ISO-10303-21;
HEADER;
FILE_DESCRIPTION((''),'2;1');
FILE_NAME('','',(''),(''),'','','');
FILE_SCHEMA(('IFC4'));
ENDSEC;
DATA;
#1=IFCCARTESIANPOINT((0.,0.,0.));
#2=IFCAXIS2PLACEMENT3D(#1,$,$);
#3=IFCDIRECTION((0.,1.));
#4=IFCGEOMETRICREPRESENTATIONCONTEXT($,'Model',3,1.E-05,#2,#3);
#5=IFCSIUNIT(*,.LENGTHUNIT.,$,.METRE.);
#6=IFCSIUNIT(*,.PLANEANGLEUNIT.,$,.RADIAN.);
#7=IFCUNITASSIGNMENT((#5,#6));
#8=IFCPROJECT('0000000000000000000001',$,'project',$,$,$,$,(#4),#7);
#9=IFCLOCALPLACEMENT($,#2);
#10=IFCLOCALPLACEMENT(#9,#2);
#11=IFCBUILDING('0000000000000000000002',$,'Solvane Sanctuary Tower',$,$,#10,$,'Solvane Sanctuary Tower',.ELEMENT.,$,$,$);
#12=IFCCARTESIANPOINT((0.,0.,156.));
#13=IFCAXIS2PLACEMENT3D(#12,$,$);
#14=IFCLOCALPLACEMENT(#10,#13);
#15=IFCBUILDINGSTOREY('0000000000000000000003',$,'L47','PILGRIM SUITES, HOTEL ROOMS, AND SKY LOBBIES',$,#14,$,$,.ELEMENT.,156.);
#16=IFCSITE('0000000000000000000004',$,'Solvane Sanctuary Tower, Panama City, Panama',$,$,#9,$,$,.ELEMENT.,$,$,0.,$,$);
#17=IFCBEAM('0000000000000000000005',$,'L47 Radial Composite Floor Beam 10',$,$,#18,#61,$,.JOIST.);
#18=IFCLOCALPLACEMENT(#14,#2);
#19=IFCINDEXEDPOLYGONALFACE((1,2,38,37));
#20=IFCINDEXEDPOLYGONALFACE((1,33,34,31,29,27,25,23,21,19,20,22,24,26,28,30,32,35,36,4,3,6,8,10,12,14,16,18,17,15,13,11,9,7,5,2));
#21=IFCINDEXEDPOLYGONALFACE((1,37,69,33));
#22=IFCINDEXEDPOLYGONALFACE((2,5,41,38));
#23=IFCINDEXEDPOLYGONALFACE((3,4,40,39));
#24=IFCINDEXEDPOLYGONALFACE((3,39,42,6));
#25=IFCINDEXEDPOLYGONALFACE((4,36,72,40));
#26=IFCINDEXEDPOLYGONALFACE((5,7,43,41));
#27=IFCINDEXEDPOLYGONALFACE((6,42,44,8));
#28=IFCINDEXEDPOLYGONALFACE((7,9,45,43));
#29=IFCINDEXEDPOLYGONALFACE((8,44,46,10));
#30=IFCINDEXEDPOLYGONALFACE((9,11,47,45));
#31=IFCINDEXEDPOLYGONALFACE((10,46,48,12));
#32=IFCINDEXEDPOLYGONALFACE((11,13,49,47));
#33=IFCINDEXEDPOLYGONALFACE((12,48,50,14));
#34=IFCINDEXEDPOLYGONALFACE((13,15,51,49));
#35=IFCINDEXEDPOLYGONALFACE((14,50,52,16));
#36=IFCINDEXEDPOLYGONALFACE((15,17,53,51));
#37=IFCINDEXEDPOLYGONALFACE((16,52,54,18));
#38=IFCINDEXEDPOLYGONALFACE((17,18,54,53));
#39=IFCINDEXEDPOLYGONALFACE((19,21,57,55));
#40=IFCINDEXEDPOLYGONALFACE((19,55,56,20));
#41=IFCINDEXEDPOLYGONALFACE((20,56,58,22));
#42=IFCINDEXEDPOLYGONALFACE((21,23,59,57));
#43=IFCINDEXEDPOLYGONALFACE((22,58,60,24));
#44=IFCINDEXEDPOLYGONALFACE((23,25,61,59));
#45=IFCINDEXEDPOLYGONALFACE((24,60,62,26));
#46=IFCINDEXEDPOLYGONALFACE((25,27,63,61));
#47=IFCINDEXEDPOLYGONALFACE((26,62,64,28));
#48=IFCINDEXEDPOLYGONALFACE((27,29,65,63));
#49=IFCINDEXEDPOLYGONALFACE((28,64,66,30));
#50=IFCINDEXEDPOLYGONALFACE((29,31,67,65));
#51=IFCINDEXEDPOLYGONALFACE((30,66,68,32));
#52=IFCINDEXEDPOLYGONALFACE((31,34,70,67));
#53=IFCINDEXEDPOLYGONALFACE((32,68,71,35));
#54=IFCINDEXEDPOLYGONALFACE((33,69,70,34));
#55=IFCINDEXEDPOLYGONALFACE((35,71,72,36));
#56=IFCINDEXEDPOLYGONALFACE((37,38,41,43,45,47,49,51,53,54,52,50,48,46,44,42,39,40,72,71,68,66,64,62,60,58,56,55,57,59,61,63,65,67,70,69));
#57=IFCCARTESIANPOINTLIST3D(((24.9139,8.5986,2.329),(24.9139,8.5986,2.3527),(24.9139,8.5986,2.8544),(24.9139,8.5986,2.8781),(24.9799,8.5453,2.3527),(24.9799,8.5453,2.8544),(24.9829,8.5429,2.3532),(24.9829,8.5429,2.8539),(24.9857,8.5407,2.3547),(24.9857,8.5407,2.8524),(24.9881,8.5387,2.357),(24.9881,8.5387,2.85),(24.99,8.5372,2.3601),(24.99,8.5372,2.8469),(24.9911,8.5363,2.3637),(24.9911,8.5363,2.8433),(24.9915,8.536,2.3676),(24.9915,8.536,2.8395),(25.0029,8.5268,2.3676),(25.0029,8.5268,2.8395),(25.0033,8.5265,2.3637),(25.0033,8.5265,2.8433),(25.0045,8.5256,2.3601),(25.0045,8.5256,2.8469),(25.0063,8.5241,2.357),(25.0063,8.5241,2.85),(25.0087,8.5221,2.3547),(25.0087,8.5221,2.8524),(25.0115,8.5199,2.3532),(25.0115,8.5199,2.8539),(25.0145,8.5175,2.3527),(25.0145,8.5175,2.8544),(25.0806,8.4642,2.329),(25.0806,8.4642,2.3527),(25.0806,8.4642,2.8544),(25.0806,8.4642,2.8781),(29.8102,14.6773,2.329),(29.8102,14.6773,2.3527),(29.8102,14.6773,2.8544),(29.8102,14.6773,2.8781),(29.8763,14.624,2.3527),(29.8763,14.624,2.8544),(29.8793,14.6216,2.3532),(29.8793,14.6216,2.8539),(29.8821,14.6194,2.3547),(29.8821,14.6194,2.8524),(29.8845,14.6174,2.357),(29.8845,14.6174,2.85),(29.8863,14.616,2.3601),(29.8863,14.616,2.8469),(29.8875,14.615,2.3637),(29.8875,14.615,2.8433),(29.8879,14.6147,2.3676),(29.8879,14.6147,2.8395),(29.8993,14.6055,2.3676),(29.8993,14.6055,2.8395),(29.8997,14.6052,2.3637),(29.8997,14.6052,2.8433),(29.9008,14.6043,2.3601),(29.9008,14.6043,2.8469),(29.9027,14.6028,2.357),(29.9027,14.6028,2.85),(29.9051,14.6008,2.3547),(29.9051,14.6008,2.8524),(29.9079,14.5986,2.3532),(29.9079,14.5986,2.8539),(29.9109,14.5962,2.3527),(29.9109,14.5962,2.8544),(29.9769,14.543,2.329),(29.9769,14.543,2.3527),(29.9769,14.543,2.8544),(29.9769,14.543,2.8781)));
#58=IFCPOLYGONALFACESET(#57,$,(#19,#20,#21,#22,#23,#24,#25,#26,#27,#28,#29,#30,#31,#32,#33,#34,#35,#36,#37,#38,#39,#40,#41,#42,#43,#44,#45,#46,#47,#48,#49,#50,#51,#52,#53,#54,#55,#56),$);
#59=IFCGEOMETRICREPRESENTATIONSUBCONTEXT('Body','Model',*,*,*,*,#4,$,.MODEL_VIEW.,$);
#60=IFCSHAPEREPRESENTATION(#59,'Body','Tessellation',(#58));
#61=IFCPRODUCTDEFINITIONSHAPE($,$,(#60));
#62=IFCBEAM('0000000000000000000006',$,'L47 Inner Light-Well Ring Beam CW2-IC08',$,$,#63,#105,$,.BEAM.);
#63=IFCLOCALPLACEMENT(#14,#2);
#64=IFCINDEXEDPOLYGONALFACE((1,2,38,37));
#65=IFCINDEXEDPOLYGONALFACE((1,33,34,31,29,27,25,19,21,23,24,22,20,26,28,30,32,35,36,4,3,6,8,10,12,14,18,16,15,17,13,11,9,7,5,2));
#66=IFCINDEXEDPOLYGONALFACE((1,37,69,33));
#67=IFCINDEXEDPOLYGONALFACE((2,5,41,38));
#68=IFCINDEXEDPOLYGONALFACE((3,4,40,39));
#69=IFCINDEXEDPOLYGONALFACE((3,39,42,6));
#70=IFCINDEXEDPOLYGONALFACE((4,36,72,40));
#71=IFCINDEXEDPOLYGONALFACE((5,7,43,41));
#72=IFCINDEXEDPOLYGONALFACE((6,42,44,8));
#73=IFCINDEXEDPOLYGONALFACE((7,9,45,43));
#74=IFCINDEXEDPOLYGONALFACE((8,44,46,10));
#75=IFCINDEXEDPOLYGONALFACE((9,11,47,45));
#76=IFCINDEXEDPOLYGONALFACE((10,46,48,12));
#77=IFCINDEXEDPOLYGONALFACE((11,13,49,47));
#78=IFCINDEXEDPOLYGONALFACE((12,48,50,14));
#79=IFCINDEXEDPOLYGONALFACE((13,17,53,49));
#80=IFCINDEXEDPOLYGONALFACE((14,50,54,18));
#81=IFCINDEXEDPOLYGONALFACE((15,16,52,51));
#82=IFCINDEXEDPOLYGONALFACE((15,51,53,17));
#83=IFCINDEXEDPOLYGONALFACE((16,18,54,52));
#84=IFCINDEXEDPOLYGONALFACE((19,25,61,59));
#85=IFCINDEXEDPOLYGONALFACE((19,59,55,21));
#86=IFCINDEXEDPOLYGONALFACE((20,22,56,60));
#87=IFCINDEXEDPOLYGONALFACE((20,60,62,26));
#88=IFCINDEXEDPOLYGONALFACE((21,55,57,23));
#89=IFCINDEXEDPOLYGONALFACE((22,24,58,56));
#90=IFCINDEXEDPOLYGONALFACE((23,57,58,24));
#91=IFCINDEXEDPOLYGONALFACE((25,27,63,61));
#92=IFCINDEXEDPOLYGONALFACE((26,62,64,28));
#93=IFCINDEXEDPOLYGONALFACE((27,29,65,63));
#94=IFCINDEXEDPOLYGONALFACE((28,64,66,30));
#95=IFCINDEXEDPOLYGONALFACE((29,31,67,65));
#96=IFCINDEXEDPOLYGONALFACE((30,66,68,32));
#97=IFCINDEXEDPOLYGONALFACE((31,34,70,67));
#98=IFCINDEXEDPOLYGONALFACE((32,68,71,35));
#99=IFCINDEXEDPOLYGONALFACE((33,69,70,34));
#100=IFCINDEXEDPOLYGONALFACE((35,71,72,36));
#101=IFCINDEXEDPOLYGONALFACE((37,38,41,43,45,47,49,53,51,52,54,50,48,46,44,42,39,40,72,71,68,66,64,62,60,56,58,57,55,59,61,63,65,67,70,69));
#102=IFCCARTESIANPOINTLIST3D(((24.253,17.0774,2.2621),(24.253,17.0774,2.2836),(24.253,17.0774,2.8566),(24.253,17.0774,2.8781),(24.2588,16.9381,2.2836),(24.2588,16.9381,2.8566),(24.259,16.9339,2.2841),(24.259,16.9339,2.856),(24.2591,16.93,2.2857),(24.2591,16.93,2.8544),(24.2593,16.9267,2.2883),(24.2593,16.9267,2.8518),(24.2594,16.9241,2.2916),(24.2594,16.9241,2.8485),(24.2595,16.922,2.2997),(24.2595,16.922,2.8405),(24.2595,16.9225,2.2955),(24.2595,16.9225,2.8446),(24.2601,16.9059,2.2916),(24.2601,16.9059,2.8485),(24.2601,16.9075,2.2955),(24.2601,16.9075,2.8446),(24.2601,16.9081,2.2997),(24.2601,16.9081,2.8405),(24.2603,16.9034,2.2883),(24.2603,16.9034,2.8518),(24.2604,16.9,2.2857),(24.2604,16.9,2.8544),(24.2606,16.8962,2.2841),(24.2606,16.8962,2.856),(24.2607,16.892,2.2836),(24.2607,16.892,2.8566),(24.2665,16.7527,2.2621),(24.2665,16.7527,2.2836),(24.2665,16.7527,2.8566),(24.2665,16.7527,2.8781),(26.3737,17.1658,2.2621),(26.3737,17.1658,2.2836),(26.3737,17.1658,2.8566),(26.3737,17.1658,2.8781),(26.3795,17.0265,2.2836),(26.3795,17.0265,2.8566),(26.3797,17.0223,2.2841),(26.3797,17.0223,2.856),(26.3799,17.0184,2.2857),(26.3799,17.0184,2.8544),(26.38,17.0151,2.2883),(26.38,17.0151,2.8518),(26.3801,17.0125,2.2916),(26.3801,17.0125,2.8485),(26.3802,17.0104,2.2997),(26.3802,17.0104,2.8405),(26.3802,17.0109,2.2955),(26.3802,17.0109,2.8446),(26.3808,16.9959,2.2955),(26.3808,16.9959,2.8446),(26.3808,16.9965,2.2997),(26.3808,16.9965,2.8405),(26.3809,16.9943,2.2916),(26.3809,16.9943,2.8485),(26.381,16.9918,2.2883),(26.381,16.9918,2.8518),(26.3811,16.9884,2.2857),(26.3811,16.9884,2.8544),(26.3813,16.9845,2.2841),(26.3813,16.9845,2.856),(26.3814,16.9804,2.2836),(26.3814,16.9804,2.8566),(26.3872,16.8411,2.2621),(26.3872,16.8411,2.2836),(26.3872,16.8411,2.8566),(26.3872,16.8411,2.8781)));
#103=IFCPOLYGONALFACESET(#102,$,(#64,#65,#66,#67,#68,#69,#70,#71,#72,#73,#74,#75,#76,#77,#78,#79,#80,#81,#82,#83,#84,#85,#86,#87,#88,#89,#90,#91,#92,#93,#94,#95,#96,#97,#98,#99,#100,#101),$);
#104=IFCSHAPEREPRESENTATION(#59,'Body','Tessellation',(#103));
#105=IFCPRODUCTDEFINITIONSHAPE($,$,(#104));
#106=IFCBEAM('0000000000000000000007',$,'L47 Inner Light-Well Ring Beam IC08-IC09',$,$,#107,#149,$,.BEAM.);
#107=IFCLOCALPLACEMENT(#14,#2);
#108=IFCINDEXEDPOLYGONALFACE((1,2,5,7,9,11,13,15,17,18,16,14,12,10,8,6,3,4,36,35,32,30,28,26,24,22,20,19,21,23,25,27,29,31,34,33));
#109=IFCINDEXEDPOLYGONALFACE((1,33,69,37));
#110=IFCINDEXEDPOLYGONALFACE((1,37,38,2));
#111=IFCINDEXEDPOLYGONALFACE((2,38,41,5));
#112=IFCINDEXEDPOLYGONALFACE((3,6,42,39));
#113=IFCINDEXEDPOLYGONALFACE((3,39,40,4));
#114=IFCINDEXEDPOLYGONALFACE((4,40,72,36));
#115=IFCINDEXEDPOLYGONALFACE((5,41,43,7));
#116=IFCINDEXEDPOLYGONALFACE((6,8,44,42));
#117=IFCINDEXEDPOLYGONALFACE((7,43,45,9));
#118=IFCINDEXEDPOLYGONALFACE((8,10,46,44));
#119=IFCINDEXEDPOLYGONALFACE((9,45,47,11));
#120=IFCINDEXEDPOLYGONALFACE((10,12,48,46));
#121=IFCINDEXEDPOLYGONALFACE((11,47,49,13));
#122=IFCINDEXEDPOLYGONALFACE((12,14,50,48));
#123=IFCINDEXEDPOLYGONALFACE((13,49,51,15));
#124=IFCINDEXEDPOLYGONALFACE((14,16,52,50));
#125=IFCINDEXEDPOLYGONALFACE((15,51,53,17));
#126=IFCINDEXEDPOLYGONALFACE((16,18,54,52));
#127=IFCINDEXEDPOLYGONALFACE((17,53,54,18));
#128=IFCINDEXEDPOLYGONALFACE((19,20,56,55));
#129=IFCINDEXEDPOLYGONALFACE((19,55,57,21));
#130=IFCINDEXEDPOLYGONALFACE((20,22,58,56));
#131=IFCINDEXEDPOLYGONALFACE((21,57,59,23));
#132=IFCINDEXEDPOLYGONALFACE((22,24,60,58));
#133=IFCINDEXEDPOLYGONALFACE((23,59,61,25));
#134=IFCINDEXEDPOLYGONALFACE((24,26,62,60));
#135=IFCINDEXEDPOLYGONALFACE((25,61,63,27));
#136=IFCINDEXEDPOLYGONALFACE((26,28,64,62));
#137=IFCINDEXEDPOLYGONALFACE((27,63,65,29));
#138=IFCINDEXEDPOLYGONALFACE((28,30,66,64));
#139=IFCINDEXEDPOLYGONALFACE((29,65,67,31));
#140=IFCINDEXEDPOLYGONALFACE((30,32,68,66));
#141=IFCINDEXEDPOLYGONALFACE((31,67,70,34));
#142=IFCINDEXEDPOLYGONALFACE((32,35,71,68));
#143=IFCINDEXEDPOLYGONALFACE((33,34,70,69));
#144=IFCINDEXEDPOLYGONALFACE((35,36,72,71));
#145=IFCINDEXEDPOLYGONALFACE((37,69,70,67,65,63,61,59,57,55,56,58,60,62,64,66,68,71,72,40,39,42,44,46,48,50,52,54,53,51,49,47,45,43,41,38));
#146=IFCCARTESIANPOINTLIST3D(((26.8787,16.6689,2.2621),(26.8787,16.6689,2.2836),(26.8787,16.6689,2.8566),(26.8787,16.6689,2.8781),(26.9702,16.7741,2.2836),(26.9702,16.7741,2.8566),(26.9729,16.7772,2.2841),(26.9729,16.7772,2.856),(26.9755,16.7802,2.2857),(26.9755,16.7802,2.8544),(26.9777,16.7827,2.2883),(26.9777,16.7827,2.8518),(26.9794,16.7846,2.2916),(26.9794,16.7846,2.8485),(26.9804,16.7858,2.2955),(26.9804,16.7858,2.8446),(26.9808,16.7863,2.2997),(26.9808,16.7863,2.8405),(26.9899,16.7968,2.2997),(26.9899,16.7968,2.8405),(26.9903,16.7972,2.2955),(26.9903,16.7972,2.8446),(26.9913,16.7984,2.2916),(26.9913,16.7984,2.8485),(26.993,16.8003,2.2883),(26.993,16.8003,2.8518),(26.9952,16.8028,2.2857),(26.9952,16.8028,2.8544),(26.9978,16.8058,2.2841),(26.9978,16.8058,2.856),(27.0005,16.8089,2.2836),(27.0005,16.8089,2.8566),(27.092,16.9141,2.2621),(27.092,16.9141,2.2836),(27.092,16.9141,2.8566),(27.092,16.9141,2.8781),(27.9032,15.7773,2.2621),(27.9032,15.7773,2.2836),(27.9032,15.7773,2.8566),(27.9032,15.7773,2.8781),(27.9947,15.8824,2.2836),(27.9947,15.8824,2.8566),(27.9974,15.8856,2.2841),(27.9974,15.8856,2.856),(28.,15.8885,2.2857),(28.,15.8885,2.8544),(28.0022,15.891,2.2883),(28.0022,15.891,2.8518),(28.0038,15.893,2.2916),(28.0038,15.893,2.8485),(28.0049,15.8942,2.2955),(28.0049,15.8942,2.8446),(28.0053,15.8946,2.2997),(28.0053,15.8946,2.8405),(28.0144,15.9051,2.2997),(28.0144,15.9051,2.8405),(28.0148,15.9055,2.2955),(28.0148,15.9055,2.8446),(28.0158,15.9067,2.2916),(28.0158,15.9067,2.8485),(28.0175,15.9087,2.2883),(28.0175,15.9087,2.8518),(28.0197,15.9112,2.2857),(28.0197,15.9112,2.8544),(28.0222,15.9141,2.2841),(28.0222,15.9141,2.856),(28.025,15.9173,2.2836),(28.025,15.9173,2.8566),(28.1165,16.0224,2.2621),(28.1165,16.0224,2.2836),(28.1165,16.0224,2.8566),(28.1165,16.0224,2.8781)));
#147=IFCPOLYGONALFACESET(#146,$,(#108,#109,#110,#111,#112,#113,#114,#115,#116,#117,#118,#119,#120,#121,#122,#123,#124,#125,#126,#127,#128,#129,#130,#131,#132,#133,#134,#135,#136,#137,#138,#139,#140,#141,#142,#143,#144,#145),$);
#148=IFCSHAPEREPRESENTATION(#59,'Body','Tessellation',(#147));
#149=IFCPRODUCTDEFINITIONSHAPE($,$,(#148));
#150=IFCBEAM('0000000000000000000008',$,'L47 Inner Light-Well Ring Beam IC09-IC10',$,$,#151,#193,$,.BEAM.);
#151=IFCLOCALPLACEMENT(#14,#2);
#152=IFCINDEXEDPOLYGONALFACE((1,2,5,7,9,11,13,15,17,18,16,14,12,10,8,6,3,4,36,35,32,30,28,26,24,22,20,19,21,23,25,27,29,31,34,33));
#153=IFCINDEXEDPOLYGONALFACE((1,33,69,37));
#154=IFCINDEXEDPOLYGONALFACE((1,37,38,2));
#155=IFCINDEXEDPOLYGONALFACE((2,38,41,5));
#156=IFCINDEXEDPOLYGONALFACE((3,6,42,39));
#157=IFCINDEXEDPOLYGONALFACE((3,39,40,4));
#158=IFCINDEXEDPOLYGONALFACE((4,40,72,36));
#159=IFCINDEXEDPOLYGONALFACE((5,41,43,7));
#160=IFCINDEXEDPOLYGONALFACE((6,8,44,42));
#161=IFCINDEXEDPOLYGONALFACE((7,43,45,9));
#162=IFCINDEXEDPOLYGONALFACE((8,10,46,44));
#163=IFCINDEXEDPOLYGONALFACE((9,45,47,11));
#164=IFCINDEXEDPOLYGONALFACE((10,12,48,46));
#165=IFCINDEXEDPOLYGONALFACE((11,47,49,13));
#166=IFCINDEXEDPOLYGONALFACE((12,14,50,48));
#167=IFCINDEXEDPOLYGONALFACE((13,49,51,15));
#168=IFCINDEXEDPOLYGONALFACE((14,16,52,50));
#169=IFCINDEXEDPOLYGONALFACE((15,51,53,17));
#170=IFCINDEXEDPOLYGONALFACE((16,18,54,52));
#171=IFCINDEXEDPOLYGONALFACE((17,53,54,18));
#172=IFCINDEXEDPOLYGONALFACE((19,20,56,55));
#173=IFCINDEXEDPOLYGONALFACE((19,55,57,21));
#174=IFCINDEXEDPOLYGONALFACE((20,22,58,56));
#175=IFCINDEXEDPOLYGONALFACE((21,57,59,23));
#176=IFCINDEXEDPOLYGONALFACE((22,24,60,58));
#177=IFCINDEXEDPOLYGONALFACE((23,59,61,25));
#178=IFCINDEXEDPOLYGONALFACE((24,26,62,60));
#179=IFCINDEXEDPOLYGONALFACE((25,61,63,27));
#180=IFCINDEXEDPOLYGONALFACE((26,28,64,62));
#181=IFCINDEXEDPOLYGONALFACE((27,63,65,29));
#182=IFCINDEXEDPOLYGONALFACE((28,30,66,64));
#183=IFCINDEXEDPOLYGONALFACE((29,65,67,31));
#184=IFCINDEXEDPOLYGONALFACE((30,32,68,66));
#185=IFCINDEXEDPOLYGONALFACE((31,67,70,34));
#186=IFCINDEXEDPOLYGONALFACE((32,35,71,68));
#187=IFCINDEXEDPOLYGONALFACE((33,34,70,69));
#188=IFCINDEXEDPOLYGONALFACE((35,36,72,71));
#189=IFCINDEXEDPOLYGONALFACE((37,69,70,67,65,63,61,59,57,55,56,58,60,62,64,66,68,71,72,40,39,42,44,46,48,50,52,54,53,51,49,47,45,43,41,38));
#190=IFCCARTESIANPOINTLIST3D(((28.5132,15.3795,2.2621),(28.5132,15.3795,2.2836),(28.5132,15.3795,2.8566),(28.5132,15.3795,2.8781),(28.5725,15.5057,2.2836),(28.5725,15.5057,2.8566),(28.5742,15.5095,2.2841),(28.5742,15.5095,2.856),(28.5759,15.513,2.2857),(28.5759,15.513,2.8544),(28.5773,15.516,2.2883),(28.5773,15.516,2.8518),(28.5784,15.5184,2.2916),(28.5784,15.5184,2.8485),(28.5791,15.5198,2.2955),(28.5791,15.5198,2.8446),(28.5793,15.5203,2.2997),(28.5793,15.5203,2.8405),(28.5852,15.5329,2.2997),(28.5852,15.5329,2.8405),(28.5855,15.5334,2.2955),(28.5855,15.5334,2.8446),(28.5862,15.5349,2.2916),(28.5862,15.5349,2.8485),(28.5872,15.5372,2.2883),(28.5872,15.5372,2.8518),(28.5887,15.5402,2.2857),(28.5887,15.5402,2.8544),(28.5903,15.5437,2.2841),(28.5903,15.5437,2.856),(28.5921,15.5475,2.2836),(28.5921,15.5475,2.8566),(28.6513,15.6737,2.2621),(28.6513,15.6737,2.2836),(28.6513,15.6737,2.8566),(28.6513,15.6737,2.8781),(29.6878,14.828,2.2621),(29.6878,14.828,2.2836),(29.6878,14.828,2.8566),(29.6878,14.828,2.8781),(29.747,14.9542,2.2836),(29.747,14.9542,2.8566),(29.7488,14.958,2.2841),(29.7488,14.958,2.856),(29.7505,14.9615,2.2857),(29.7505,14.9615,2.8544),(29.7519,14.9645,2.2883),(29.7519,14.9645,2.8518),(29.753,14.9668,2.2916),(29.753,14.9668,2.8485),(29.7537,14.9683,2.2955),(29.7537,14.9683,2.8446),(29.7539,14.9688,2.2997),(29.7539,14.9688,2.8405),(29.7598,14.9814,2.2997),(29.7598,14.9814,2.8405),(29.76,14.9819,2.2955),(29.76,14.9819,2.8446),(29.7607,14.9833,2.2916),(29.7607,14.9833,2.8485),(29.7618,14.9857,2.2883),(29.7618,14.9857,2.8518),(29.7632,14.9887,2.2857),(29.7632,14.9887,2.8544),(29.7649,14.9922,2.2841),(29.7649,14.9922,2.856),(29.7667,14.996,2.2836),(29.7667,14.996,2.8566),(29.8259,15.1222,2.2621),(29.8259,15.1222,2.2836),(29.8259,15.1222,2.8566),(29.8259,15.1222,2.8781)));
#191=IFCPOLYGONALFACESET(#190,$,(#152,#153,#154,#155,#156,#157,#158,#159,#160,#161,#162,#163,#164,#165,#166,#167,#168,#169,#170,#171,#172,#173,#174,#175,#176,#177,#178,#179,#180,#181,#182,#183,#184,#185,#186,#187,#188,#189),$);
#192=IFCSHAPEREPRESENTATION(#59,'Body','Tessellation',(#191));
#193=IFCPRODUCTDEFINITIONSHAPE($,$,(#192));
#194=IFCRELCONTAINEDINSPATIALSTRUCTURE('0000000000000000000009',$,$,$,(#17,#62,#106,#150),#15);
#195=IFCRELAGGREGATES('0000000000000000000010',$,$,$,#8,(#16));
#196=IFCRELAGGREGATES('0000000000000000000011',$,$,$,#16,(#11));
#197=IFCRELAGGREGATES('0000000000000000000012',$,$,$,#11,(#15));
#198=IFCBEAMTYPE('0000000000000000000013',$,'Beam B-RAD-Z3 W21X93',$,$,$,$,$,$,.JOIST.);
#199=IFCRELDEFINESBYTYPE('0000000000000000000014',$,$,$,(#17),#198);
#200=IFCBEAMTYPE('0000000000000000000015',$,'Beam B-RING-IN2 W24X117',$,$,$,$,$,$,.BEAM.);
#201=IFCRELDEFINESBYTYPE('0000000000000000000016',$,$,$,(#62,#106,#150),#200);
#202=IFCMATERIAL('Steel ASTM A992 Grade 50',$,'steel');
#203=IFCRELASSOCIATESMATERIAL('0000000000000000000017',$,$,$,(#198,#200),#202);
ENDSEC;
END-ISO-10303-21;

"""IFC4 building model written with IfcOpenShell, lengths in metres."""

from ifc_helpers import new_model, si_unit, direction, frame, origin, origin_2d, place, context, subcontext, project, spatial, i_section, extrude, material, material_profile, profile_set, type_object, element, save


model = new_model("IFC4")

# Units and contexts
model_context = context("Model", 3, precision=1e-05, world=origin(), true_north=direction((0.0, 1.0)))
body_context = subcontext(model_context, "Body", "Model", "MODEL_VIEW")
ifc_project = project(units=[si_unit("LENGTHUNIT", "METRE"), si_unit("PLANEANGLEUNIT", "RADIAN")], contexts=[model_context])

# Site, building, storey
site_placement = place(None, origin())
site = spatial("IfcSite", under=ifc_project, at=site_placement, Name="Solvane Sanctuary Tower, Panama City, Panama", CompositionType="ELEMENT", RefElevation=0.0)
building_placement = place(site_placement, origin())
building = spatial("IfcBuilding", under=site, at=building_placement, Name="Solvane Sanctuary Tower", LongName="Solvane Sanctuary Tower", CompositionType="ELEMENT")
storey_placement = place(building_placement, frame((0.0, 0.0, 156.0)))
storey = spatial("IfcBuildingStorey", under=building, at=storey_placement, Name="L47", Description="PILGRIM SUITES, HOTEL ROOMS, AND SKY LOBBIES", CompositionType="ELEMENT", Elevation=156.0)

# Beams
ifc_material_1 = material(Name="Steel ASTM A992 Grade 50", Category="steel")
ifc_material_profile_1 = material_profile(ifc_material_1, i_section(OverallWidth=0.2141, OverallDepth=0.5491, WebThickness=0.0146, FlangeThickness=0.0237, FilletRadius=0.0149, at=origin_2d()), Name="W21X93")
ifc_profile_set_1 = profile_set([ifc_material_profile_1], Name="Steel ASTM A992 Grade 50")
beam_type_1 = type_object("IfcBeamType", Name="Beam B-RAD-Z3 W21X93", PredefinedType="JOIST", material=ifc_profile_set_1)
beam_1_placement = place(storey_placement, frame((29.8936, 14.6101, 2.6035), z_axis=(-0.627297, -0.77878, 0.0), x_axis=(0.77878, -0.627297, 0.0)))
element("IfcBeam", 1, at=beam_1_placement, inside=storey, type_object=beam_type_1, Name="L47 Radial Composite Floor Beam 10", PredefinedType="JOIST", context=body_context, shape_type="SweptSolid", body=[
    extrude(i_section(OverallWidth=0.2141, OverallDepth=0.5491, WebThickness=0.0146, FlangeThickness=0.0237, FilletRadius=0.0149, at=origin_2d()), origin(), (0.0, 0.0, 1.0), 7.8054),
])
ifc_material_profile_2 = material_profile(ifc_material_1, i_section(OverallWidth=0.325, OverallDepth=0.616, WebThickness=0.0139, FlangeThickness=0.0215, FilletRadius=0.0161, at=origin_2d()), Name="W24X117")
ifc_profile_set_2 = profile_set([ifc_material_profile_2], Name="Steel ASTM A992 Grade 50")
beam_type_2 = type_object("IfcBeamType", Name="Beam B-RING-IN2 W24X117", PredefinedType="BEAM", material=ifc_profile_set_2)
beam_2_placement = place(storey_placement, frame((24.2598, 16.915, 2.5701), z_axis=(0.999133, 0.04164, 0.0), x_axis=(-0.04164, 0.999133, 0.0)))
element("IfcBeam", 2, at=beam_2_placement, inside=storey, type_object=beam_type_2, Name="L47 Inner Light-Well Ring Beam CW2-IC08", PredefinedType="BEAM", context=body_context, shape_type="SweptSolid", body=[
    extrude(i_section(OverallWidth=0.325, OverallDepth=0.616, WebThickness=0.0139, FlangeThickness=0.0215, FilletRadius=0.0161, at=origin_2d()), origin(), (0.0, 0.0, 1.0), 2.1226),
])
beam_3_placement = place(storey_placement, frame((26.9854, 16.7915, 2.5701), z_axis=(0.754311, -0.656517, 0.0), x_axis=(0.656517, 0.754311, 0.0)))
element("IfcBeam", 3, at=beam_3_placement, inside=storey, type_object=beam_type_2, Name="L47 Inner Light-Well Ring Beam IC08-IC09", PredefinedType="BEAM", context=body_context, shape_type="SweptSolid", body=[
    extrude(i_section(OverallWidth=0.325, OverallDepth=0.616, WebThickness=0.0139, FlangeThickness=0.0215, FilletRadius=0.0161, at=origin_2d()), origin(), (0.0, 0.0, 1.0), 1.3582),
])
beam_4_placement = place(storey_placement, frame((28.5823, 15.5266, 2.5701), z_axis=(0.905181, -0.425027, 0.0), x_axis=(0.425027, 0.905181, 0.0)))
element("IfcBeam", 4, at=beam_4_placement, inside=storey, type_object=beam_type_2, Name="L47 Inner Light-Well Ring Beam IC09-IC10", PredefinedType="BEAM", context=body_context, shape_type="SweptSolid", body=[
    extrude(i_section(OverallWidth=0.325, OverallDepth=0.616, WebThickness=0.0139, FlangeThickness=0.0215, FilletRadius=0.0161, at=origin_2d()), origin(), (0.0, 0.0, 1.0), 1.2976),
])

save(model, "model.ifc")
